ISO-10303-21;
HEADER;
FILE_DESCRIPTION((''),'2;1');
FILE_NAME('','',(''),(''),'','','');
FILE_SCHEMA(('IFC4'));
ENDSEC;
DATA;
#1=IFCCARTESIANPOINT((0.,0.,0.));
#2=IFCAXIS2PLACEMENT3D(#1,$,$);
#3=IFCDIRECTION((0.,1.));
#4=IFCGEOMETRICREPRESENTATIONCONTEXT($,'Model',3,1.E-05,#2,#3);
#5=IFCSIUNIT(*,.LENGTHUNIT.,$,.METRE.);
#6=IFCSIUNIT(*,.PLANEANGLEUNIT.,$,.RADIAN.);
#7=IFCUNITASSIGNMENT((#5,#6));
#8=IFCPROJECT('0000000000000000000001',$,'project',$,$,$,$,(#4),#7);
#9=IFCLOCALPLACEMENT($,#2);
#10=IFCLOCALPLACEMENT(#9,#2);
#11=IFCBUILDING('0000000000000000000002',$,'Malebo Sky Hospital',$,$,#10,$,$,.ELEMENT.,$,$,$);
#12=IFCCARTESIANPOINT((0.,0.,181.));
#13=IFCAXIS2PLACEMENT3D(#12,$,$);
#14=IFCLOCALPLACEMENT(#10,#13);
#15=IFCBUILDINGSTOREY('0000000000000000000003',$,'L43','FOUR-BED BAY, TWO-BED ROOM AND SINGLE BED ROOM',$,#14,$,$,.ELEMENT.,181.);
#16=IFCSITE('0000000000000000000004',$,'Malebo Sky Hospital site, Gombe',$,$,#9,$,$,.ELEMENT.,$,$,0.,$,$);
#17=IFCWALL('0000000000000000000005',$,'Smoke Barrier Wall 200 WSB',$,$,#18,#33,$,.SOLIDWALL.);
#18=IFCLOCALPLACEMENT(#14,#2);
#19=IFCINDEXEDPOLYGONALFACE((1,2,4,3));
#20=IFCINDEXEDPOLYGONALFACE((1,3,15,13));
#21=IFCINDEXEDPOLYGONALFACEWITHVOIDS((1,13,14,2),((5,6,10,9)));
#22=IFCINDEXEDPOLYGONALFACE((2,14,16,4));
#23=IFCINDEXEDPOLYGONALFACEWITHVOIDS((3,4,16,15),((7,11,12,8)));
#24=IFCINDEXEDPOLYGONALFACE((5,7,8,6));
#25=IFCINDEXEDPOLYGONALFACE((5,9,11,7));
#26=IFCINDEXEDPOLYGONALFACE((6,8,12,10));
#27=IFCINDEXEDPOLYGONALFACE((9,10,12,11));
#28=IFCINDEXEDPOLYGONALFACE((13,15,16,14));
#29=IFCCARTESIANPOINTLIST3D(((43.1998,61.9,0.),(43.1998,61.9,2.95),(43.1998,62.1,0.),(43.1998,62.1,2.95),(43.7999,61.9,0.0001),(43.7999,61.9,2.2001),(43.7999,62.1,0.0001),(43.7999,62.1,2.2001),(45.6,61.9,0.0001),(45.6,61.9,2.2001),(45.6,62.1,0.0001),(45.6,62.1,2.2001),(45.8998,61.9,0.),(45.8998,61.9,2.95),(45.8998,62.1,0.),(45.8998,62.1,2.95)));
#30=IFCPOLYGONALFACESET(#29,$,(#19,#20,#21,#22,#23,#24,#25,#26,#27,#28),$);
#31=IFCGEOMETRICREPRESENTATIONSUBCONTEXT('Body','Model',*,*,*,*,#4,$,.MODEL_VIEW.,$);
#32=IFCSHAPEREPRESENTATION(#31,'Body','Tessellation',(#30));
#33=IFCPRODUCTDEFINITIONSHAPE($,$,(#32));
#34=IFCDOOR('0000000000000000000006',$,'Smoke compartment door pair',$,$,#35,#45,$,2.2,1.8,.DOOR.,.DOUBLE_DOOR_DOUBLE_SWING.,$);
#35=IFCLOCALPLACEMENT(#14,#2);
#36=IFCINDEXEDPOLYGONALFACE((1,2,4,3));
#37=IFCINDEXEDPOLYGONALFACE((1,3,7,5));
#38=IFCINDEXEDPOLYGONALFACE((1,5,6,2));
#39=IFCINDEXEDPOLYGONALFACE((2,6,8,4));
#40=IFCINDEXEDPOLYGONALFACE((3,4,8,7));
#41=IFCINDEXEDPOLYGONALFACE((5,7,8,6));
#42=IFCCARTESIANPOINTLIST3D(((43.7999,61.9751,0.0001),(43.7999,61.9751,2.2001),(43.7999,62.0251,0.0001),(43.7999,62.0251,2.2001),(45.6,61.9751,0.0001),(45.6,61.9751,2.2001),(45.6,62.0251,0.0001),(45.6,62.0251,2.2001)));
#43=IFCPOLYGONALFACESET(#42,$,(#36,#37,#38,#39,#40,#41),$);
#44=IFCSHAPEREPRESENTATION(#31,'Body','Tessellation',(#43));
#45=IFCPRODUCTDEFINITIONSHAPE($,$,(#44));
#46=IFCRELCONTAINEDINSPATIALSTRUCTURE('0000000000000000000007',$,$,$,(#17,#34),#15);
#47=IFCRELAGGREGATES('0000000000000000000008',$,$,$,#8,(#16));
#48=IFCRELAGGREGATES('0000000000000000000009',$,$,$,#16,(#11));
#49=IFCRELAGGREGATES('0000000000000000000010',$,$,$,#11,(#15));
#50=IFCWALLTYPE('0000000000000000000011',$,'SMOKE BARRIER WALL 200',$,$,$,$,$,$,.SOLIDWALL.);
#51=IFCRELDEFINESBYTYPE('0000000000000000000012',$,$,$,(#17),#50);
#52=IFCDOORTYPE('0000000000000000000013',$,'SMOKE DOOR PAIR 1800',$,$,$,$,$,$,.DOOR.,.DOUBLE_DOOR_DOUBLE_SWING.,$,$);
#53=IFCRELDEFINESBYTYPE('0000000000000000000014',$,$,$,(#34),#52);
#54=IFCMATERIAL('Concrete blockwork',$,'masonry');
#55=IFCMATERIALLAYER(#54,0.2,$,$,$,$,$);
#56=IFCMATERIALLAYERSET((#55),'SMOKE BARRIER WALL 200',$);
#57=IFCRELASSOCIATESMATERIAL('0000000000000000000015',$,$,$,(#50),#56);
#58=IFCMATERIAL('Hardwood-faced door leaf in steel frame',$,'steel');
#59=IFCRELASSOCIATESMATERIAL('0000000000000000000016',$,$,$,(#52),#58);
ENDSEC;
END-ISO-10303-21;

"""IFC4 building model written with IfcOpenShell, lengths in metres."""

from ifc_helpers import new_model, si_unit, direction, frame, frame_2d, origin, place, context, subcontext, project, spatial, rectangle, extrude, material, layer, layer_set, type_object, element, fill, save


model = new_model("IFC4")

# Units and contexts
model_context = context("Model", 3, precision=1e-05, world=origin(), true_north=direction((0.0, 1.0)))
body_context = subcontext(model_context, "Body", "Model", "MODEL_VIEW")
ifc_project = project(units=[si_unit("LENGTHUNIT", "METRE"), si_unit("PLANEANGLEUNIT", "RADIAN")], contexts=[model_context])

# Site, building, storey
site_placement = place(None, origin())
site = spatial("IfcSite", under=ifc_project, at=site_placement, Name="Malebo Sky Hospital site, Gombe", CompositionType="ELEMENT", RefElevation=0.0)
building_placement = place(site_placement, origin())
building = spatial("IfcBuilding", under=site, at=building_placement, Name="Malebo Sky Hospital", CompositionType="ELEMENT")
storey_placement = place(building_placement, frame((0.0, 0.0, 181.0)))
storey = spatial("IfcBuildingStorey", under=building, at=storey_placement, Name="L43", Description="FOUR-BED BAY, TWO-BED ROOM AND SINGLE BED ROOM", CompositionType="ELEMENT", Elevation=181.0)

# Shared definitions
ifc_material_1 = material(Name="Hardwood-faced door leaf in steel frame", Category="steel")

# Shared definitions
ifc_material_2 = material(Name="Concrete blockwork", Category="masonry")
ifc_layer_1 = layer(ifc_material_2, 0.2)
ifc_layer_set_1 = layer_set([ifc_layer_1], Name="SMOKE BARRIER WALL 200")
wall_type_1 = type_object("IfcWallType", Name="SMOKE BARRIER WALL 200", PredefinedType="SOLIDWALL", material=ifc_layer_set_1)

# Wall, opening, door
wall_1_placement = place(storey_placement, frame((45.8999, 62.0, 0.0), z_axis=(0.0, 0.0, 1.0), x_axis=(-1.0, 0.0, 0.0)))
wall_1 = element("IfcWall", 1, at=wall_1_placement, inside=storey, type_object=wall_type_1, Name="Smoke Barrier Wall 200 WSB", PredefinedType="SOLIDWALL", context=body_context, shape_type="SweptSolid", body=[
    extrude(rectangle(XDim=2.7, YDim=0.2, at=frame_2d((1.3501, 0.0))), origin(), (0.0, 0.0, 1.0), 2.95),
])
opening_1_placement = place(wall_1_placement, frame((0.3, 0.0, 0.0)))
opening_1 = element("IfcOpeningElement", 2, at=opening_1_placement, cuts=wall_1, PredefinedType="OPENING", context=body_context, shape_type="SweptSolid", body=[
    extrude(rectangle(XDim=1.8, YDim=2.2, at=frame_2d((0.8999, 1.1001))), frame((0.0, 0.1099, 0.0), z_axis=(0.0, -1.0, 0.0), x_axis=(1.0, 0.0, 0.0)), (0.0, 0.0, 1.0), 0.22),
])
door_type_1 = type_object("IfcDoorType", Name="SMOKE DOOR PAIR 1800", OperationType="DOUBLE_DOOR_DOUBLE_SWING", PredefinedType="DOOR", material=ifc_material_1)
door_1_placement = place(opening_1_placement, origin())
door_1 = element("IfcDoor", 3, at=door_1_placement, inside=storey, type_object=door_type_1, Name="Smoke compartment door pair", OperationType="DOUBLE_DOOR_DOUBLE_SWING", OverallHeight=2.2, OverallWidth=1.8, PredefinedType="DOOR", context=body_context, shape_type="SweptSolid", body=[
    extrude(rectangle(XDim=1.8, YDim=2.2, at=frame_2d((0.8999, 1.1001))), frame((0.0, 0.0249, 0.0), z_axis=(0.0, -1.0, 0.0), x_axis=(1.0, 0.0, 0.0)), (0.0, 0.0, 1.0), 0.05),
])
fill(opening_1, door_1)

save(model, "model.ifc")
